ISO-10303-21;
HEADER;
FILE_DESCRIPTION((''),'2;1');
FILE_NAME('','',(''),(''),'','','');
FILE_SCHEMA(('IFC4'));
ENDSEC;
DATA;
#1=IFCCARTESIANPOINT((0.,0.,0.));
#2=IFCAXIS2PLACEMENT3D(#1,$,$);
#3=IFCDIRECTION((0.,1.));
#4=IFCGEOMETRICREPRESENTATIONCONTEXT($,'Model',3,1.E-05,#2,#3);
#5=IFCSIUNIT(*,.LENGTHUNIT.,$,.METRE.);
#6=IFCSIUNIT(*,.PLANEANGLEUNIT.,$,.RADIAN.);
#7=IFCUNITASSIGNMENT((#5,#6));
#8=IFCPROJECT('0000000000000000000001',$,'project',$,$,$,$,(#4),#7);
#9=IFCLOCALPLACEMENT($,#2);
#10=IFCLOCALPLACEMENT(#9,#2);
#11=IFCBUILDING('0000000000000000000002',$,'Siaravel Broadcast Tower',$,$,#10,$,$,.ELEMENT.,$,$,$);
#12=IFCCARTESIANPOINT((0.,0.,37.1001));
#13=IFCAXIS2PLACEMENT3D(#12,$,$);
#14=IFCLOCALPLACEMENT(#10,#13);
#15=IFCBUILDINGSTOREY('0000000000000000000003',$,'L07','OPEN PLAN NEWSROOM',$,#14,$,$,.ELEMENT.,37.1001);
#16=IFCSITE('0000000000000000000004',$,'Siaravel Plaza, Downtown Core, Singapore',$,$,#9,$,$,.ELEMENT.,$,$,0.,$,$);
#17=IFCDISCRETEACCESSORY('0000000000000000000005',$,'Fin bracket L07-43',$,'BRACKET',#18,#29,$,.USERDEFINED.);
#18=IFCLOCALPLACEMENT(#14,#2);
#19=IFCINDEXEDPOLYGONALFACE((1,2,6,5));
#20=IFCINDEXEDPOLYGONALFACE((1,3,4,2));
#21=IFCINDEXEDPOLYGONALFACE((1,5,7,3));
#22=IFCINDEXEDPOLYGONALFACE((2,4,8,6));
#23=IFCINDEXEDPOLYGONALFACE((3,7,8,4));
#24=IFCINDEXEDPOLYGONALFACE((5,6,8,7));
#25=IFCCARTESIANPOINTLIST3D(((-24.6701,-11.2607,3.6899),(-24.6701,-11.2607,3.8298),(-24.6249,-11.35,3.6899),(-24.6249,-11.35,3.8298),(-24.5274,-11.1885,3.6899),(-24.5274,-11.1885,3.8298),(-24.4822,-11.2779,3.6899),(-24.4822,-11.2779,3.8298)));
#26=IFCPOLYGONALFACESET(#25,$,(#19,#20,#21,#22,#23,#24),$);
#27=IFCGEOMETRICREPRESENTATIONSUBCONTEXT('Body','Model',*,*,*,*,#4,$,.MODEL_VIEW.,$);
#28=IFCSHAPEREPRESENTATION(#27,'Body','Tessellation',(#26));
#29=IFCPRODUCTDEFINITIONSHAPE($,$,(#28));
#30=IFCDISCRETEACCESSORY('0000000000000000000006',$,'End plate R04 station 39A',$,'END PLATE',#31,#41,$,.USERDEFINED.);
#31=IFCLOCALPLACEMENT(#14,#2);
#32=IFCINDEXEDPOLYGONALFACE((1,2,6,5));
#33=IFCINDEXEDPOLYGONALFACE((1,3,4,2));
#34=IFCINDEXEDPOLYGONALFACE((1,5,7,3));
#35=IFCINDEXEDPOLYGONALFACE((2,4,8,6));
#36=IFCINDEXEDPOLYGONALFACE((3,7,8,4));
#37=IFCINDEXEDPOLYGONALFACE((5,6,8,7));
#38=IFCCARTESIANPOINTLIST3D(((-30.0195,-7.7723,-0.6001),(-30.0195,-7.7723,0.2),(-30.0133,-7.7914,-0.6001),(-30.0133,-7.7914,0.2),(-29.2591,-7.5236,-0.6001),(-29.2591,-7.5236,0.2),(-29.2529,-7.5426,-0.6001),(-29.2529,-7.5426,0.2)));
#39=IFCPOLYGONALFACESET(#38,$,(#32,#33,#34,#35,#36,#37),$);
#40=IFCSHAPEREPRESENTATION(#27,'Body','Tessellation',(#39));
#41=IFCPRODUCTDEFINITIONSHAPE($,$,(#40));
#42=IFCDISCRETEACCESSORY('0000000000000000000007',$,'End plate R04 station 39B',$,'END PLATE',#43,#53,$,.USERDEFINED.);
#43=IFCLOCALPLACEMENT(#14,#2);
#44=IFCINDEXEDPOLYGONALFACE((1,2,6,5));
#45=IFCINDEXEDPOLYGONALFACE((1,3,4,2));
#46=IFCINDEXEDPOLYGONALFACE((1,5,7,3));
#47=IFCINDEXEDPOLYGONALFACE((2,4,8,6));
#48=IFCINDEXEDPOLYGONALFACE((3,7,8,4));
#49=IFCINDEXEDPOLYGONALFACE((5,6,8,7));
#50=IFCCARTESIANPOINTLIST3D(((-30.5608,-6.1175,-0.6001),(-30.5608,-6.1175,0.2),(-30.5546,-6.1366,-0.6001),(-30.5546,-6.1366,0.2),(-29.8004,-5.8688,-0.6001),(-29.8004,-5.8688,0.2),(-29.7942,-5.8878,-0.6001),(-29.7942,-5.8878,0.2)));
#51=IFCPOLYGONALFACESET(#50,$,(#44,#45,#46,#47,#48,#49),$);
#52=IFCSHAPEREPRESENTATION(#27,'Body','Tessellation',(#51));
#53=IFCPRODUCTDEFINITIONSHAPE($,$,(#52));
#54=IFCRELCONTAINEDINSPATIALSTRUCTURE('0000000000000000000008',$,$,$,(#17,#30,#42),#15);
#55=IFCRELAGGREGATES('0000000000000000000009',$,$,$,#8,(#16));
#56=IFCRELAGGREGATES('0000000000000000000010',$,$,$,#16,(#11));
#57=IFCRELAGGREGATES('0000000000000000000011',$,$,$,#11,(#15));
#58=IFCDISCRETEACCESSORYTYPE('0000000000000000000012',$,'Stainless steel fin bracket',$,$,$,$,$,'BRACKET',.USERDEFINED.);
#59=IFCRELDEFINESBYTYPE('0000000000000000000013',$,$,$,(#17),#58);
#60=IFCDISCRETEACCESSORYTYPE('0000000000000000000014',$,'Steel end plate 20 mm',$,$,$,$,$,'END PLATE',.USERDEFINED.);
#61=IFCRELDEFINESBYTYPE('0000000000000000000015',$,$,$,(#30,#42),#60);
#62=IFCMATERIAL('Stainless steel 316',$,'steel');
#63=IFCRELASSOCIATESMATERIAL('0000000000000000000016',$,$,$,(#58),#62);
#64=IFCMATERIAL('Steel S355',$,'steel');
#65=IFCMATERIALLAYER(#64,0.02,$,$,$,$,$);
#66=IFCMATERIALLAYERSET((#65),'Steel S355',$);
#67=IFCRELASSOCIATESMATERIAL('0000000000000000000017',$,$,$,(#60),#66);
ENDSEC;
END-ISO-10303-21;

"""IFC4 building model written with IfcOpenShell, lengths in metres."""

from ifc_helpers import new_model, si_unit, direction, frame, origin, origin_2d, place, context, subcontext, project, spatial, rectangle, extrude, material, layer, layer_set, type_object, element, save


model = new_model("IFC4")

# Units and contexts
model_context = context("Model", 3, precision=1e-05, world=origin(), true_north=direction((0.0, 1.0)))
body_context = subcontext(model_context, "Body", "Model", "MODEL_VIEW")
ifc_project = project(units=[si_unit("LENGTHUNIT", "METRE"), si_unit("PLANEANGLEUNIT", "RADIAN")], contexts=[model_context])

# Site, building, storey
site_placement = place(None, origin())
site = spatial("IfcSite", under=ifc_project, at=site_placement, Name="Siaravel Plaza, Downtown Core, Singapore", CompositionType="ELEMENT", RefElevation=0.0)
building_placement = place(site_placement, origin())
building = spatial("IfcBuilding", under=site, at=building_placement, Name="Siaravel Broadcast Tower", CompositionType="ELEMENT")
storey_placement = place(building_placement, frame((0.0, 0.0, 37.1001)))
storey = spatial("IfcBuildingStorey", under=building, at=storey_placement, Name="L07", Description="OPEN PLAN NEWSROOM", CompositionType="ELEMENT", Elevation=37.1001)

# Shared definitions
ifc_material_1 = material(Name="Steel S355", Category="steel")

# Discrete accessories
ifc_material_2 = material(Name="Stainless steel 316", Category="steel")
discrete_accessory_type_1 = type_object("IfcDiscreteAccessoryType", Name="Stainless steel fin bracket", ElementType="BRACKET", PredefinedType="USERDEFINED", material=ifc_material_2)
for number, where, z_axis, x_axis, name in (
    (1, (-24.5762, -11.2693, 3.6899), (0.0, 0.0, 1.0), (-0.892392, -0.451261, 0.0), "Fin bracket L07-43"),
):
    element("IfcDiscreteAccessory", number, at=place(storey_placement, frame(where, z_axis=z_axis, x_axis=x_axis)), inside=storey, type_object=discrete_accessory_type_1, Name=name, ObjectType="BRACKET", PredefinedType="USERDEFINED", context=body_context, shape_type="SweptSolid", body=[
        extrude(rectangle(XDim=0.1599, YDim=0.1001, at=origin_2d()), origin(), (0.0, 0.0, 1.0), 0.1399),
    ])
ifc_layer_1 = layer(ifc_material_1, 0.02)
ifc_layer_set_1 = layer_set([ifc_layer_1], Name="Steel S355")
discrete_accessory_type_2 = type_object("IfcDiscreteAccessoryType", Name="Steel end plate 20 mm", ElementType="END PLATE", PredefinedType="USERDEFINED", material=ifc_layer_set_1)
for number, where, z_axis, x_axis, name in (
    (2, (-29.6362, -7.6575, -0.6001), (0.0, 0.0, 1.0), (0.31091, -0.950439, 0.0), "End plate R04 station 39A"),
    (3, (-30.1775, -6.0027, -0.6001), (0.0, 0.0, 1.0), (0.31091, -0.950439, 0.0), "End plate R04 station 39B"),
):
    element("IfcDiscreteAccessory", number, at=place(storey_placement, frame(where, z_axis=z_axis, x_axis=x_axis)), inside=storey, type_object=discrete_accessory_type_2, Name=name, ObjectType="END PLATE", PredefinedType="USERDEFINED", context=body_context, shape_type="SweptSolid", body=[
        extrude(rectangle(XDim=0.02, YDim=0.8, at=origin_2d()), origin(), (0.0, 0.0, 1.0), 0.8),
    ])

save(model, "model.ifc")
